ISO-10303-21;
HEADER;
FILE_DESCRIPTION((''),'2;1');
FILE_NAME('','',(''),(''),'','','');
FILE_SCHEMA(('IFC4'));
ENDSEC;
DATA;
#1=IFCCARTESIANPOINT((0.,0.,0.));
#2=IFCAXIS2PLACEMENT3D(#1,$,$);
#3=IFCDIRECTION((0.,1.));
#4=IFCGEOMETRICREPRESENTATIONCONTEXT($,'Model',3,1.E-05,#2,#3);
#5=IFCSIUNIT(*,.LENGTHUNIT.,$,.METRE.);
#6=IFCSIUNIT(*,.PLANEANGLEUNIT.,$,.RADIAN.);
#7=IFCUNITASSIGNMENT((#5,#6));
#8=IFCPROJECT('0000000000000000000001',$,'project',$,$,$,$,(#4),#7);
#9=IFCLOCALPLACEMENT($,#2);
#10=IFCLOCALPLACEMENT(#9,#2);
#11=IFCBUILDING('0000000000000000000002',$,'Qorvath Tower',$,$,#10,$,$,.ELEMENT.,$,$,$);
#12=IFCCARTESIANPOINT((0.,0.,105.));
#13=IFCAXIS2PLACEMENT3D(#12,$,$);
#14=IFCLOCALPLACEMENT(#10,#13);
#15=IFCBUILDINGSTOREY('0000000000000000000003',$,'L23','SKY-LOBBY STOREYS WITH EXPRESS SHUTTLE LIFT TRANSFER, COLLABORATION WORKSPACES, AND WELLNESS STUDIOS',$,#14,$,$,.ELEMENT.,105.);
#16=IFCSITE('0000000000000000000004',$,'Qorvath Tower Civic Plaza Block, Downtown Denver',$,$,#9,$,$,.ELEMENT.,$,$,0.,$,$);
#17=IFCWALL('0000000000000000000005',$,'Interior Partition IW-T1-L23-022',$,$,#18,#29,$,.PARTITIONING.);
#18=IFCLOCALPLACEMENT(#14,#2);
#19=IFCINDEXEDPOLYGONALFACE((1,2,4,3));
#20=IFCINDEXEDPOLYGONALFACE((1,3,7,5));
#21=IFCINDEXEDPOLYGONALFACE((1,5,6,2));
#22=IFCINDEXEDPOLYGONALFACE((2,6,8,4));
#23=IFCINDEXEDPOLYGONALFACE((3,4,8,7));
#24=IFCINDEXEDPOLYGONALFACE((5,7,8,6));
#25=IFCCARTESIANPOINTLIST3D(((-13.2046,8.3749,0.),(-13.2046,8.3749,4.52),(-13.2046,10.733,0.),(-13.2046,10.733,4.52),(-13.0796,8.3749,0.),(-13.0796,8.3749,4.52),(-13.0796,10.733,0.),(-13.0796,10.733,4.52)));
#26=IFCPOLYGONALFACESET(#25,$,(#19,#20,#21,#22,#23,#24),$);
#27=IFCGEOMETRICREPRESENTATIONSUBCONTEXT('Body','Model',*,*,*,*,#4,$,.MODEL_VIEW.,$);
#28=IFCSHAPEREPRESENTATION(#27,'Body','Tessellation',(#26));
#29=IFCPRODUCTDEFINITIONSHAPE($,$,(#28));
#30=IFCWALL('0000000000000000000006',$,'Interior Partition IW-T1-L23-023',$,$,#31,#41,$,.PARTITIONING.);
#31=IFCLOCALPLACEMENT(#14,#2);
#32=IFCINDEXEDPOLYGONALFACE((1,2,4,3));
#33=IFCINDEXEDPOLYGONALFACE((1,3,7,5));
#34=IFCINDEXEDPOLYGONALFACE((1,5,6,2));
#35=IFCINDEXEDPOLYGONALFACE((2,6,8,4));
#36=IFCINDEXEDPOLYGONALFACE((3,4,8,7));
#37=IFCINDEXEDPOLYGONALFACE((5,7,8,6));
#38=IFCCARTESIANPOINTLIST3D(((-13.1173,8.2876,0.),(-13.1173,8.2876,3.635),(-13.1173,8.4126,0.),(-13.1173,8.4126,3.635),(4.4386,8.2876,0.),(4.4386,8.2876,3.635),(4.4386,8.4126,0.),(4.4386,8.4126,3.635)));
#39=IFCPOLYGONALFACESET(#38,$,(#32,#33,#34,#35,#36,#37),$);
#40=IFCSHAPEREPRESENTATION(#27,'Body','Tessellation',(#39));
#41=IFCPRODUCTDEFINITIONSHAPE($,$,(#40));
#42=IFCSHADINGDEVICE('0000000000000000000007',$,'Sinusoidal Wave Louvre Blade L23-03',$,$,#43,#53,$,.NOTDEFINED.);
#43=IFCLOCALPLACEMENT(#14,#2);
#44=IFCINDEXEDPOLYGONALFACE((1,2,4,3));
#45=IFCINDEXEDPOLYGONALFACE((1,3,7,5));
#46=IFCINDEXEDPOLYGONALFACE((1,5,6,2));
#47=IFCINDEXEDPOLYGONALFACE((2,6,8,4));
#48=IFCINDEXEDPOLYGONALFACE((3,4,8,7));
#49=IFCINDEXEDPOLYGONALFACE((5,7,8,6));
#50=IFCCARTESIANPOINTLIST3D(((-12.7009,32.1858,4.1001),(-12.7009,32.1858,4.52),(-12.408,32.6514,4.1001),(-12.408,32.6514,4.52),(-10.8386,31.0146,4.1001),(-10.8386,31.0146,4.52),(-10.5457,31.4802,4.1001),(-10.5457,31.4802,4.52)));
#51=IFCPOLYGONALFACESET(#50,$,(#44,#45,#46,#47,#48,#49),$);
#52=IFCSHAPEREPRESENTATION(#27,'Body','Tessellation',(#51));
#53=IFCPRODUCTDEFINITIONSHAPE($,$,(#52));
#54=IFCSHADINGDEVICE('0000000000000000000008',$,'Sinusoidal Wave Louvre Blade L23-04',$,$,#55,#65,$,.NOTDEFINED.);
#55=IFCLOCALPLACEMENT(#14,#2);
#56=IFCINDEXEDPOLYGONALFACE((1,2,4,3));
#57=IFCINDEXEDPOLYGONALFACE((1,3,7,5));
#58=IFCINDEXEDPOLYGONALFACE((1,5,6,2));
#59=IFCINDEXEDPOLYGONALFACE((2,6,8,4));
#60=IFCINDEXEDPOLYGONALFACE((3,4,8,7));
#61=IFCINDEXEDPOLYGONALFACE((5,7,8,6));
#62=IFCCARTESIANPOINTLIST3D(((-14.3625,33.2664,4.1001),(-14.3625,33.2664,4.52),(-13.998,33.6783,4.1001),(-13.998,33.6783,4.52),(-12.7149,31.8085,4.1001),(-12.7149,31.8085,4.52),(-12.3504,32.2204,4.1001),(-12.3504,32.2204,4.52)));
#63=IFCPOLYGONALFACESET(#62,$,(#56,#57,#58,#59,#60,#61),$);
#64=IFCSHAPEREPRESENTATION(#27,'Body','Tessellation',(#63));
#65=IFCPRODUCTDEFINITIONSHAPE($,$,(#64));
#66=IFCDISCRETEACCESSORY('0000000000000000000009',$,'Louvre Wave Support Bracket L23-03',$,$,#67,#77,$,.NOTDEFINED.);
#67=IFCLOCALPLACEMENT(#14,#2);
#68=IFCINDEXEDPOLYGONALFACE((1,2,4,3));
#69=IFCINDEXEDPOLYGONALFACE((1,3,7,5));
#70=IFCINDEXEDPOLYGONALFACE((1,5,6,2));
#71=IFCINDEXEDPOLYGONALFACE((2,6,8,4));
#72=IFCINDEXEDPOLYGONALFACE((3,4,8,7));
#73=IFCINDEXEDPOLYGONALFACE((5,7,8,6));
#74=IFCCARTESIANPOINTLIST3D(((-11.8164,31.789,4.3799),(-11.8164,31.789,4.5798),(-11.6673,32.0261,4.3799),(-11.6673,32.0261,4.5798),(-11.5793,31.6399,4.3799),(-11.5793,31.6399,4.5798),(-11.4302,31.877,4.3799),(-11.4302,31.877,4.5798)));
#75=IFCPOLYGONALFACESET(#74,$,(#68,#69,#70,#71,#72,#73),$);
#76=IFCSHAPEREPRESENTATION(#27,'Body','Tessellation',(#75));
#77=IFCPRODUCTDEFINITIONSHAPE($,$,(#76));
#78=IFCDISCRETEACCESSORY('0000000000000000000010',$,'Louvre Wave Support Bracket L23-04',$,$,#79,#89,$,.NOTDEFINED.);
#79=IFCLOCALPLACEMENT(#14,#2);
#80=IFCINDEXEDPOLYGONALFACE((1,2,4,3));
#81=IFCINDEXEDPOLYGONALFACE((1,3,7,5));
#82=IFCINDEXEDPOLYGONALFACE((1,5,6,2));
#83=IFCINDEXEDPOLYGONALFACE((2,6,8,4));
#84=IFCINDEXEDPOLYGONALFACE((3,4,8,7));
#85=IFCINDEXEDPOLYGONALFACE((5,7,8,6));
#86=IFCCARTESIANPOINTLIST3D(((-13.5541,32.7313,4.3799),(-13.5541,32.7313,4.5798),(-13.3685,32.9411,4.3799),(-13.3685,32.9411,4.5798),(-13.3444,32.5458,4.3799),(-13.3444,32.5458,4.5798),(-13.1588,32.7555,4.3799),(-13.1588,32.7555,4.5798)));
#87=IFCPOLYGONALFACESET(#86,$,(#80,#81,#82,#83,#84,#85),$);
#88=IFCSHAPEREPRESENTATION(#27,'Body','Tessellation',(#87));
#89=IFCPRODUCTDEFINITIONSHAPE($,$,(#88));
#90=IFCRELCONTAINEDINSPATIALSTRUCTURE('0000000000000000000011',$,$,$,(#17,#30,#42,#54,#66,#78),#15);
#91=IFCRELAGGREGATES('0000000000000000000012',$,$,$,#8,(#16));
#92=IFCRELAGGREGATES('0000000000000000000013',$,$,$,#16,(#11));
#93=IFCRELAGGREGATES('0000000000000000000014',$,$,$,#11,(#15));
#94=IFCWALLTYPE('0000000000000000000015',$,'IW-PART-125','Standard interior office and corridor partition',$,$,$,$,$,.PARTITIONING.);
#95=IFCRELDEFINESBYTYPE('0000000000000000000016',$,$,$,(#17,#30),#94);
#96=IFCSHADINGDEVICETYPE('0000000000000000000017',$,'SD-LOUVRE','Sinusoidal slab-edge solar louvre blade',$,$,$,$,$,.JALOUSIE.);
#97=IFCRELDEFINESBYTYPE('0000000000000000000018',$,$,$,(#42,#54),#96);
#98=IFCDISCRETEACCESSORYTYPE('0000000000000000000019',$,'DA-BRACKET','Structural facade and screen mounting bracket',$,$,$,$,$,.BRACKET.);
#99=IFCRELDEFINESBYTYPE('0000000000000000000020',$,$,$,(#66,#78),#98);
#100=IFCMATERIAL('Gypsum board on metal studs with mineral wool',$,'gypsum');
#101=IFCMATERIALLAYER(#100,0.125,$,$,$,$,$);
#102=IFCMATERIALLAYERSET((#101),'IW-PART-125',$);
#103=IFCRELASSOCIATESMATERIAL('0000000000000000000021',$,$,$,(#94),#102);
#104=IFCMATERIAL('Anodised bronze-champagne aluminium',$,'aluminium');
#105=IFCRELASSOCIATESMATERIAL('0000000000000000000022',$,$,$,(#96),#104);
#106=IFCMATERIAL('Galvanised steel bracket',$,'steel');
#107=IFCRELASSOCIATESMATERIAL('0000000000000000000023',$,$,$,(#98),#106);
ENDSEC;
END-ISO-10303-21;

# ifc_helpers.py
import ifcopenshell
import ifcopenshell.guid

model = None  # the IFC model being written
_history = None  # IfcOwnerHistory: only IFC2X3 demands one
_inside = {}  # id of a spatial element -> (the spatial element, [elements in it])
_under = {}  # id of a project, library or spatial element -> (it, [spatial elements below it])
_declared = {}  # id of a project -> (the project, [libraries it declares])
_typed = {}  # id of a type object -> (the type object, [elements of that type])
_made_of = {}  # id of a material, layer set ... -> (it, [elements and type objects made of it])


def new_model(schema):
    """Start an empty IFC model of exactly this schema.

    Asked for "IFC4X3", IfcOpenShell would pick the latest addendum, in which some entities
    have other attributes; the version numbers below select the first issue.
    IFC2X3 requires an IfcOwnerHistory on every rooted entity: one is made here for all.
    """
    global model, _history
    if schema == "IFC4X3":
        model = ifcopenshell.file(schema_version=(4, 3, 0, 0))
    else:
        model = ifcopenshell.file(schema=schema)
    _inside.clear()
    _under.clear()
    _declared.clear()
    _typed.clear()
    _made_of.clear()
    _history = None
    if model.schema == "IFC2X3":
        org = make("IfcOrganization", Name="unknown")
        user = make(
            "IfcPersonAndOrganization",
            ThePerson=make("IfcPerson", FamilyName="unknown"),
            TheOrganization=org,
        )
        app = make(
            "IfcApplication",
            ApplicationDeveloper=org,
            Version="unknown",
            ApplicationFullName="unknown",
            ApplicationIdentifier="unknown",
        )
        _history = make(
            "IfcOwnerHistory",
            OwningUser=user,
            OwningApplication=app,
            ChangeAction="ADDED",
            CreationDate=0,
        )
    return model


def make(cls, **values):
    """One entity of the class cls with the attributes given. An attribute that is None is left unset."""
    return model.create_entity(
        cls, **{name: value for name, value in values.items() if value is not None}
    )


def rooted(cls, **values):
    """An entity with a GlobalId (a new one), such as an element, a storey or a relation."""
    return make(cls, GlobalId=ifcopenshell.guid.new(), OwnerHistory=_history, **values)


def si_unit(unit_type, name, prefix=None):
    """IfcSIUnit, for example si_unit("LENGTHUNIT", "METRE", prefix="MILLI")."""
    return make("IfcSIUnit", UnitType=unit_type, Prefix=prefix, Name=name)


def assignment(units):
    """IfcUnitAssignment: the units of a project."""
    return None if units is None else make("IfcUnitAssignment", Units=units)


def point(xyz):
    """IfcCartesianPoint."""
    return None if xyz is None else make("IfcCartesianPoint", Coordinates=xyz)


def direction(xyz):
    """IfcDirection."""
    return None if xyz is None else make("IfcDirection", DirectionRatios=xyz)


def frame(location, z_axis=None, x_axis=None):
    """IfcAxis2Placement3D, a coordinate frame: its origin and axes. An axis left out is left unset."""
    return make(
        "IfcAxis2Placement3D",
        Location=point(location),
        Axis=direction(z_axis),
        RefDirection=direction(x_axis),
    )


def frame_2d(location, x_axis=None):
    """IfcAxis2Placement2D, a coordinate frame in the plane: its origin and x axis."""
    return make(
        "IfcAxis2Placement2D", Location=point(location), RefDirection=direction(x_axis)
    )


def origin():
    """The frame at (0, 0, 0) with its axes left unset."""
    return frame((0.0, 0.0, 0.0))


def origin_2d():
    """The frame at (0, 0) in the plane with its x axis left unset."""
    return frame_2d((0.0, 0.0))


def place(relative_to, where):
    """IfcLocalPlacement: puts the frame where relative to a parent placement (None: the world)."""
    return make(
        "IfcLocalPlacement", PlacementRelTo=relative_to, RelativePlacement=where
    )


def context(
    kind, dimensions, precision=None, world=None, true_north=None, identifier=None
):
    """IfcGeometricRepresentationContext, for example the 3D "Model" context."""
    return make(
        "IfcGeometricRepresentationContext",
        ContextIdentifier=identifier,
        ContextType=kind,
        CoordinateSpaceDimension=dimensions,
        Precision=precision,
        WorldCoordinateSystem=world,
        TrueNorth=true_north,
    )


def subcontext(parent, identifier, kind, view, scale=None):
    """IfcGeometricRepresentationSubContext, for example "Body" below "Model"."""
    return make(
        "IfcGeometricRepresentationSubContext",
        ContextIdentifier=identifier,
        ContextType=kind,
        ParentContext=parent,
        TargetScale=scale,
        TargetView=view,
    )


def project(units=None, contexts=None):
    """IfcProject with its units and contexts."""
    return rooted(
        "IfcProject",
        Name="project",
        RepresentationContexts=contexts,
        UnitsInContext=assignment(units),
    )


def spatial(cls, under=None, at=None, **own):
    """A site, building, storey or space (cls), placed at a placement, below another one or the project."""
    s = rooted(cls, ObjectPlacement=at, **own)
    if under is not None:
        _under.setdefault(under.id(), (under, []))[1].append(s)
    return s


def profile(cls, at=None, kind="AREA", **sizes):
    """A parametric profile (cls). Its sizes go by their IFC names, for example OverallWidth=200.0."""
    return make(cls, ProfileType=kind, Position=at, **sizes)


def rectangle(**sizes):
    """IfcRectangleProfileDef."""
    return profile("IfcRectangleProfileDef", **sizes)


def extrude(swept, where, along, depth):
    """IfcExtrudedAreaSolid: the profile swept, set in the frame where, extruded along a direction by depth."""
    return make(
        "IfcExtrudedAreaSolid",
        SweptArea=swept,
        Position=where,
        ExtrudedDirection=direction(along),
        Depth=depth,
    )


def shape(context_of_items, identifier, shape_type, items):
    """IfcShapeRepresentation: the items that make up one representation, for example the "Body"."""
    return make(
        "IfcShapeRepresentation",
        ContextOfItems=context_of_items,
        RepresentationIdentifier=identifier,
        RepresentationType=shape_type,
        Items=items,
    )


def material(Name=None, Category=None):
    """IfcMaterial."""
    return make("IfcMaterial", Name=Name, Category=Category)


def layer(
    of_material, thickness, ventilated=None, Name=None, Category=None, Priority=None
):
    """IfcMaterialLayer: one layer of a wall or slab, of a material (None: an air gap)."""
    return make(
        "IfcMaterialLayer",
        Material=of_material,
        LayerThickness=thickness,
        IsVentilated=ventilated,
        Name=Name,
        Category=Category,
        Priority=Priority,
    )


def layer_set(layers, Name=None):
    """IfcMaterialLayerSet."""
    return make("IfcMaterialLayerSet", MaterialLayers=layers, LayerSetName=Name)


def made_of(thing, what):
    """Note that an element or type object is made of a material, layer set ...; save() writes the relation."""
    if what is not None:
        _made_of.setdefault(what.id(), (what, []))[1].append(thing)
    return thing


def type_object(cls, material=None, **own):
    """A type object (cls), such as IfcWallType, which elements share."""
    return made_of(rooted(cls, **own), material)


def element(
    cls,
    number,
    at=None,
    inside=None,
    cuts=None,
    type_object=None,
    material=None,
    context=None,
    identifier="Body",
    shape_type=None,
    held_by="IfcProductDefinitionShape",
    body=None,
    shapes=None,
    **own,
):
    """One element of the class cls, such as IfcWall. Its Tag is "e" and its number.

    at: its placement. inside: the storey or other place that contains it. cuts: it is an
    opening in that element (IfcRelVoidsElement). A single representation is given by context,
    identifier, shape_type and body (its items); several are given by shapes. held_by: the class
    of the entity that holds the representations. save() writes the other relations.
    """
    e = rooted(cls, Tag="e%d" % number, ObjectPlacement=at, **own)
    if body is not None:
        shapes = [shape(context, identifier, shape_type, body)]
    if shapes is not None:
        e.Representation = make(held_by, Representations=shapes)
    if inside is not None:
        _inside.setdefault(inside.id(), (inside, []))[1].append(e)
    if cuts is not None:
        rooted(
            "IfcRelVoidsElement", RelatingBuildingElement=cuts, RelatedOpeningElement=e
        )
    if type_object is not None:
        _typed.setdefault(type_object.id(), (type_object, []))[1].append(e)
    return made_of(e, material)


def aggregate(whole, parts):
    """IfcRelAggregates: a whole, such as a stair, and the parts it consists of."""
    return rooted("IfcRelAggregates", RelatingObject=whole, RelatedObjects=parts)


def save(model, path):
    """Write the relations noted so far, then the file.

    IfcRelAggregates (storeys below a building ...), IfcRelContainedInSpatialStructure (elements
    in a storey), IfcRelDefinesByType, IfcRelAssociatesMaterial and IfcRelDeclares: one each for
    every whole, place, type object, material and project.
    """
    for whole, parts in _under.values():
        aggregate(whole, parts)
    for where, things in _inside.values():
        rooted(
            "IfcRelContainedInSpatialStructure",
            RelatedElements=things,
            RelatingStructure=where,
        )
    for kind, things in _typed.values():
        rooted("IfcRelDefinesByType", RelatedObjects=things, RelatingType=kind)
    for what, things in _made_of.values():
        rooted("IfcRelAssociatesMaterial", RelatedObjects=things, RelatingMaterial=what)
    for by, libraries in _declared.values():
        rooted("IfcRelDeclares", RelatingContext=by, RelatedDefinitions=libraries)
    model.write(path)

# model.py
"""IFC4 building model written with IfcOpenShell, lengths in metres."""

from ifc_helpers import new_model, si_unit, direction, frame, frame_2d, origin, origin_2d, place, context, subcontext, project, spatial, rectangle, extrude, material, layer, layer_set, type_object, element, save


model = new_model("IFC4")

# Units and contexts
model_context = context("Model", 3, precision=1e-05, world=origin(), true_north=direction((0.0, 1.0)))
body_context = subcontext(model_context, "Body", "Model", "MODEL_VIEW")
ifc_project = project(units=[si_unit("LENGTHUNIT", "METRE"), si_unit("PLANEANGLEUNIT", "RADIAN")], contexts=[model_context])

# Site, building, storey
site_placement = place(None, origin())
site = spatial("IfcSite", under=ifc_project, at=site_placement, Name="Qorvath Tower Civic Plaza Block, Downtown Denver", CompositionType="ELEMENT", RefElevation=0.0)
building_placement = place(site_placement, origin())
building = spatial("IfcBuilding", under=site, at=building_placement, Name="Qorvath Tower", CompositionType="ELEMENT")
storey_placement = place(building_placement, frame((0.0, 0.0, 105.0)))
storey = spatial("IfcBuildingStorey", under=building, at=storey_placement, Name="L23", Description="SKY-LOBBY STOREYS WITH EXPRESS SHUTTLE LIFT TRANSFER, COLLABORATION WORKSPACES, AND WELLNESS STUDIOS", CompositionType="ELEMENT", Elevation=105.0)

# Walls
ifc_material_1 = material(Name="Gypsum board on metal studs with mineral wool", Category="gypsum")
ifc_layer_1 = layer(ifc_material_1, 0.125)
ifc_layer_set_1 = layer_set([ifc_layer_1], Name="IW-PART-125")
wall_type_1 = type_object("IfcWallType", Name="IW-PART-125", Description="Standard interior office and corridor partition", PredefinedType="PARTITIONING", material=ifc_layer_set_1)
wall_1_placement = place(storey_placement, frame((-13.1421, 10.7332, 0.0), z_axis=(0.0, 0.0, 1.0), x_axis=(0.0, -1.0, 0.0)))
element("IfcWall", 1, at=wall_1_placement, inside=storey, type_object=wall_type_1, Name="Interior Partition IW-T1-L23-022", PredefinedType="PARTITIONING", context=body_context, shape_type="SweptSolid", body=[
    extrude(rectangle(XDim=2.3582, YDim=0.125, at=frame_2d((1.1792, 0.0))), origin(), (0.0, 0.0, 1.0), 4.52),
])
wall_2_placement = place(storey_placement, frame((-13.1172, 8.3501, 0.0), z_axis=(0.0, 0.0, 1.0), x_axis=(1.0, 0.0, 0.0)))
element("IfcWall", 2, at=wall_2_placement, inside=storey, type_object=wall_type_1, Name="Interior Partition IW-T1-L23-023", PredefinedType="PARTITIONING", context=body_context, shape_type="SweptSolid", body=[
    extrude(rectangle(XDim=17.5559, YDim=0.125, at=frame_2d((8.7778, 0.0))), origin(), (0.0, 0.0, 1.0), 3.635),
])

# Shading devices
ifc_material_2 = material(Name="Anodised bronze-champagne aluminium", Category="aluminium")
shading_device_type = type_object("IfcShadingDeviceType", Name="SD-LOUVRE", Description="Sinusoidal slab-edge solar louvre blade", PredefinedType="JALOUSIE", material=ifc_material_2)
for number, where, z_axis, x_axis, name in (
    (3, (-11.6233, 31.833, 4.1001), (0.0, 0.0, 1.0), (-0.846519, 0.532359, 0.0), "Sinusoidal Wave Louvre Blade L23-03"),
    (4, (-13.3564, 32.7434, 4.1001), (0.0, 0.0, 1.0), (-0.748907, 0.662675, 0.0), "Sinusoidal Wave Louvre Blade L23-04"),
):
    element("IfcShadingDevice", number, at=place(storey_placement, frame(where, z_axis=z_axis, x_axis=x_axis)), inside=storey, type_object=shading_device_type, Name=name, PredefinedType="NOTDEFINED", context=body_context, shape_type="SweptSolid", body=[
        extrude(rectangle(XDim=2.2, YDim=0.55, at=origin_2d()), origin(), (0.0, 0.0, 1.0), 0.4199),
    ])

# Discrete accessories
ifc_material_3 = material(Name="Galvanised steel bracket", Category="steel")
discrete_accessory_type = type_object("IfcDiscreteAccessoryType", Name="DA-BRACKET", Description="Structural facade and screen mounting bracket", PredefinedType="BRACKET", material=ifc_material_3)
for number, where, z_axis, x_axis, name in (
    (5, (-11.6233, 31.833, 4.3799), (0.0, 0.0, 1.0), (-0.846519, 0.532359, 0.0), "Louvre Wave Support Bracket L23-03"),
    (6, (-13.3564, 32.7434, 4.3799), (0.0, 0.0, 1.0), (-0.748907, 0.662675, 0.0), "Louvre Wave Support Bracket L23-04"),
):
    element("IfcDiscreteAccessory", number, at=place(storey_placement, frame(where, z_axis=z_axis, x_axis=x_axis)), inside=storey, type_object=discrete_accessory_type, Name=name, PredefinedType="NOTDEFINED", context=body_context, shape_type="SweptSolid", body=[
        extrude(rectangle(XDim=0.28, YDim=0.28, at=origin_2d()), origin(), (0.0, 0.0, 1.0), 0.2),
    ])

save(model, "model.ifc")
